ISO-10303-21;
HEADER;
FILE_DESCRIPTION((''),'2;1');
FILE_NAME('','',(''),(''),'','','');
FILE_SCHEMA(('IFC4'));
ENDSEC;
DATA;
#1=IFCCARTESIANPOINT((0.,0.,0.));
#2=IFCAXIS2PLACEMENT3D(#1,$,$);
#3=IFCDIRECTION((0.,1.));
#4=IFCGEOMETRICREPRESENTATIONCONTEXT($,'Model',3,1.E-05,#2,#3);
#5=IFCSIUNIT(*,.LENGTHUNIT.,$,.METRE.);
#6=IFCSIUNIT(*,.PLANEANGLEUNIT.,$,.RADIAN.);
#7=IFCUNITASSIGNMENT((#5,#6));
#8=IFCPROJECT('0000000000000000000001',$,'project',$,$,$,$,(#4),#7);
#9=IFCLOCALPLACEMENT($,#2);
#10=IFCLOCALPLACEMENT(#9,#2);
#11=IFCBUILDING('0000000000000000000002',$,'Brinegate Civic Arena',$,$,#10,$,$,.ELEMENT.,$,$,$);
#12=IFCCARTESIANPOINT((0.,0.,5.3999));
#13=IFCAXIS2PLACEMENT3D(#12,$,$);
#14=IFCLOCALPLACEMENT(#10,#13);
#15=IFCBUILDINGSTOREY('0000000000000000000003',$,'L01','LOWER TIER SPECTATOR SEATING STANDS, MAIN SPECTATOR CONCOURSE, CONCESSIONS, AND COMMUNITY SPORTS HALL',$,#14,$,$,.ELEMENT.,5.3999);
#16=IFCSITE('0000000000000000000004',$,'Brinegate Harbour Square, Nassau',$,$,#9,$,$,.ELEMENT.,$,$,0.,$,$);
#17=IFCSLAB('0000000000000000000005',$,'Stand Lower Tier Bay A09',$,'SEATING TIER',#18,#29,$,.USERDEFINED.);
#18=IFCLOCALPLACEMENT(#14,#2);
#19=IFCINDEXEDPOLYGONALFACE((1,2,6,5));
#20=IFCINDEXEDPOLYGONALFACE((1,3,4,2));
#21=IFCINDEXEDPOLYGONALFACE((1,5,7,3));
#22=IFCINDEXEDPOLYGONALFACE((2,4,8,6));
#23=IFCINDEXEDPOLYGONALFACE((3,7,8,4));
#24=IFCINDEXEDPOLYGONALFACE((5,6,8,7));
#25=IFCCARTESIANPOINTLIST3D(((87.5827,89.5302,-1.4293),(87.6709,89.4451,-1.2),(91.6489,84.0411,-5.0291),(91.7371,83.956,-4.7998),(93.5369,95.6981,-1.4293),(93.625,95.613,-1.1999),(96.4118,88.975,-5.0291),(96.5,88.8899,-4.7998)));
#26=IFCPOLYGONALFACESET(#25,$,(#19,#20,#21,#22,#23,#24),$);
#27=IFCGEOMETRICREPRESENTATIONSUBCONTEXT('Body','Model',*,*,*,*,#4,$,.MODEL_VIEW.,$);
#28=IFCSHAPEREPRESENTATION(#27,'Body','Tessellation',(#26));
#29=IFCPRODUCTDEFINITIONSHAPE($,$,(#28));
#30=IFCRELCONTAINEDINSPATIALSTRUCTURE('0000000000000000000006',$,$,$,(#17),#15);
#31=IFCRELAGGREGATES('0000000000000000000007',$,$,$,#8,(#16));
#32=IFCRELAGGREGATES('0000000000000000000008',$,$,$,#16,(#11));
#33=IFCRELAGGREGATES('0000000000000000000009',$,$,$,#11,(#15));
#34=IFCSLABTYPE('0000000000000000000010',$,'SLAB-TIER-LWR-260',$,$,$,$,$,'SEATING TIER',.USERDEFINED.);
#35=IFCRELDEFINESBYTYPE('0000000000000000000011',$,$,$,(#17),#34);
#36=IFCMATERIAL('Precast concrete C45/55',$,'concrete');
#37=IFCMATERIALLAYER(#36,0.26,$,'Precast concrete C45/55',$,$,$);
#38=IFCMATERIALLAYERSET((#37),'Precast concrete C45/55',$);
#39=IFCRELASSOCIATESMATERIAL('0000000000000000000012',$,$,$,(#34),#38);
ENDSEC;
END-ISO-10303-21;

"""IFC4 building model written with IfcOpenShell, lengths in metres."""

from ifc_helpers import new_model, si_unit, direction, frame, origin, place, context, subcontext, project, spatial, polyline, outline, extrude, material, layer, layer_set, type_object, element, save


model = new_model("IFC4")

# Units and contexts
model_context = context("Model", 3, precision=1e-05, world=origin(), true_north=direction((0.0, 1.0)))
body_context = subcontext(model_context, "Body", "Model", "MODEL_VIEW")
ifc_project = project(units=[si_unit("LENGTHUNIT", "METRE"), si_unit("PLANEANGLEUNIT", "RADIAN")], contexts=[model_context])

# Site, building, storey
site_placement = place(None, origin())
site = spatial("IfcSite", under=ifc_project, at=site_placement, Name="Brinegate Harbour Square, Nassau", CompositionType="ELEMENT", RefElevation=0.0)
building_placement = place(site_placement, origin())
building = spatial("IfcBuilding", under=site, at=building_placement, Name="Brinegate Civic Arena", CompositionType="ELEMENT")
storey_placement = place(building_placement, frame((0.0, 0.0, 5.3999)))
storey = spatial("IfcBuildingStorey", under=building, at=storey_placement, Name="L01", Description="LOWER TIER SPECTATOR SEATING STANDS, MAIN SPECTATOR CONCOURSE, CONCESSIONS, AND COMMUNITY SPORTS HALL", CompositionType="ELEMENT", Elevation=5.3999)

# Slab
ifc_material_1 = material(Name="Precast concrete C45/55", Category="concrete")
ifc_layer = layer(ifc_material_1, 0.26, Name="Precast concrete C45/55")
ifc_layer_set = layer_set([ifc_layer], Name="Precast concrete C45/55")
slab_type = type_object("IfcSlabType", Name="SLAB-TIER-LWR-260", ElementType="SEATING TIER", PredefinedType="USERDEFINED", material=ifc_layer_set)
slab_1_placement = place(storey_placement, frame((96.5, 88.8899, -4.7998), z_axis=(0.339037, -0.327287, 0.882007), x_axis=(-0.694535, -0.719459, 0.000004)))
element("IfcSlab", 1, at=slab_1_placement, inside=storey, type_object=slab_type, Name="Stand Lower Tier Bay A09", ObjectType="SEATING TIER", PredefinedType="USERDEFINED", context=body_context, shape_type="SweptSolid", body=[
    extrude(outline(polyline([(0.0, 0.0), (6.8577, 0.0), (5.7327, -7.6391), (-2.8402, -7.6393), (0.0, 0.0)])), origin(), (0.0, 0.0, -1.0), 0.26),
])

save(model, "model.ifc")
